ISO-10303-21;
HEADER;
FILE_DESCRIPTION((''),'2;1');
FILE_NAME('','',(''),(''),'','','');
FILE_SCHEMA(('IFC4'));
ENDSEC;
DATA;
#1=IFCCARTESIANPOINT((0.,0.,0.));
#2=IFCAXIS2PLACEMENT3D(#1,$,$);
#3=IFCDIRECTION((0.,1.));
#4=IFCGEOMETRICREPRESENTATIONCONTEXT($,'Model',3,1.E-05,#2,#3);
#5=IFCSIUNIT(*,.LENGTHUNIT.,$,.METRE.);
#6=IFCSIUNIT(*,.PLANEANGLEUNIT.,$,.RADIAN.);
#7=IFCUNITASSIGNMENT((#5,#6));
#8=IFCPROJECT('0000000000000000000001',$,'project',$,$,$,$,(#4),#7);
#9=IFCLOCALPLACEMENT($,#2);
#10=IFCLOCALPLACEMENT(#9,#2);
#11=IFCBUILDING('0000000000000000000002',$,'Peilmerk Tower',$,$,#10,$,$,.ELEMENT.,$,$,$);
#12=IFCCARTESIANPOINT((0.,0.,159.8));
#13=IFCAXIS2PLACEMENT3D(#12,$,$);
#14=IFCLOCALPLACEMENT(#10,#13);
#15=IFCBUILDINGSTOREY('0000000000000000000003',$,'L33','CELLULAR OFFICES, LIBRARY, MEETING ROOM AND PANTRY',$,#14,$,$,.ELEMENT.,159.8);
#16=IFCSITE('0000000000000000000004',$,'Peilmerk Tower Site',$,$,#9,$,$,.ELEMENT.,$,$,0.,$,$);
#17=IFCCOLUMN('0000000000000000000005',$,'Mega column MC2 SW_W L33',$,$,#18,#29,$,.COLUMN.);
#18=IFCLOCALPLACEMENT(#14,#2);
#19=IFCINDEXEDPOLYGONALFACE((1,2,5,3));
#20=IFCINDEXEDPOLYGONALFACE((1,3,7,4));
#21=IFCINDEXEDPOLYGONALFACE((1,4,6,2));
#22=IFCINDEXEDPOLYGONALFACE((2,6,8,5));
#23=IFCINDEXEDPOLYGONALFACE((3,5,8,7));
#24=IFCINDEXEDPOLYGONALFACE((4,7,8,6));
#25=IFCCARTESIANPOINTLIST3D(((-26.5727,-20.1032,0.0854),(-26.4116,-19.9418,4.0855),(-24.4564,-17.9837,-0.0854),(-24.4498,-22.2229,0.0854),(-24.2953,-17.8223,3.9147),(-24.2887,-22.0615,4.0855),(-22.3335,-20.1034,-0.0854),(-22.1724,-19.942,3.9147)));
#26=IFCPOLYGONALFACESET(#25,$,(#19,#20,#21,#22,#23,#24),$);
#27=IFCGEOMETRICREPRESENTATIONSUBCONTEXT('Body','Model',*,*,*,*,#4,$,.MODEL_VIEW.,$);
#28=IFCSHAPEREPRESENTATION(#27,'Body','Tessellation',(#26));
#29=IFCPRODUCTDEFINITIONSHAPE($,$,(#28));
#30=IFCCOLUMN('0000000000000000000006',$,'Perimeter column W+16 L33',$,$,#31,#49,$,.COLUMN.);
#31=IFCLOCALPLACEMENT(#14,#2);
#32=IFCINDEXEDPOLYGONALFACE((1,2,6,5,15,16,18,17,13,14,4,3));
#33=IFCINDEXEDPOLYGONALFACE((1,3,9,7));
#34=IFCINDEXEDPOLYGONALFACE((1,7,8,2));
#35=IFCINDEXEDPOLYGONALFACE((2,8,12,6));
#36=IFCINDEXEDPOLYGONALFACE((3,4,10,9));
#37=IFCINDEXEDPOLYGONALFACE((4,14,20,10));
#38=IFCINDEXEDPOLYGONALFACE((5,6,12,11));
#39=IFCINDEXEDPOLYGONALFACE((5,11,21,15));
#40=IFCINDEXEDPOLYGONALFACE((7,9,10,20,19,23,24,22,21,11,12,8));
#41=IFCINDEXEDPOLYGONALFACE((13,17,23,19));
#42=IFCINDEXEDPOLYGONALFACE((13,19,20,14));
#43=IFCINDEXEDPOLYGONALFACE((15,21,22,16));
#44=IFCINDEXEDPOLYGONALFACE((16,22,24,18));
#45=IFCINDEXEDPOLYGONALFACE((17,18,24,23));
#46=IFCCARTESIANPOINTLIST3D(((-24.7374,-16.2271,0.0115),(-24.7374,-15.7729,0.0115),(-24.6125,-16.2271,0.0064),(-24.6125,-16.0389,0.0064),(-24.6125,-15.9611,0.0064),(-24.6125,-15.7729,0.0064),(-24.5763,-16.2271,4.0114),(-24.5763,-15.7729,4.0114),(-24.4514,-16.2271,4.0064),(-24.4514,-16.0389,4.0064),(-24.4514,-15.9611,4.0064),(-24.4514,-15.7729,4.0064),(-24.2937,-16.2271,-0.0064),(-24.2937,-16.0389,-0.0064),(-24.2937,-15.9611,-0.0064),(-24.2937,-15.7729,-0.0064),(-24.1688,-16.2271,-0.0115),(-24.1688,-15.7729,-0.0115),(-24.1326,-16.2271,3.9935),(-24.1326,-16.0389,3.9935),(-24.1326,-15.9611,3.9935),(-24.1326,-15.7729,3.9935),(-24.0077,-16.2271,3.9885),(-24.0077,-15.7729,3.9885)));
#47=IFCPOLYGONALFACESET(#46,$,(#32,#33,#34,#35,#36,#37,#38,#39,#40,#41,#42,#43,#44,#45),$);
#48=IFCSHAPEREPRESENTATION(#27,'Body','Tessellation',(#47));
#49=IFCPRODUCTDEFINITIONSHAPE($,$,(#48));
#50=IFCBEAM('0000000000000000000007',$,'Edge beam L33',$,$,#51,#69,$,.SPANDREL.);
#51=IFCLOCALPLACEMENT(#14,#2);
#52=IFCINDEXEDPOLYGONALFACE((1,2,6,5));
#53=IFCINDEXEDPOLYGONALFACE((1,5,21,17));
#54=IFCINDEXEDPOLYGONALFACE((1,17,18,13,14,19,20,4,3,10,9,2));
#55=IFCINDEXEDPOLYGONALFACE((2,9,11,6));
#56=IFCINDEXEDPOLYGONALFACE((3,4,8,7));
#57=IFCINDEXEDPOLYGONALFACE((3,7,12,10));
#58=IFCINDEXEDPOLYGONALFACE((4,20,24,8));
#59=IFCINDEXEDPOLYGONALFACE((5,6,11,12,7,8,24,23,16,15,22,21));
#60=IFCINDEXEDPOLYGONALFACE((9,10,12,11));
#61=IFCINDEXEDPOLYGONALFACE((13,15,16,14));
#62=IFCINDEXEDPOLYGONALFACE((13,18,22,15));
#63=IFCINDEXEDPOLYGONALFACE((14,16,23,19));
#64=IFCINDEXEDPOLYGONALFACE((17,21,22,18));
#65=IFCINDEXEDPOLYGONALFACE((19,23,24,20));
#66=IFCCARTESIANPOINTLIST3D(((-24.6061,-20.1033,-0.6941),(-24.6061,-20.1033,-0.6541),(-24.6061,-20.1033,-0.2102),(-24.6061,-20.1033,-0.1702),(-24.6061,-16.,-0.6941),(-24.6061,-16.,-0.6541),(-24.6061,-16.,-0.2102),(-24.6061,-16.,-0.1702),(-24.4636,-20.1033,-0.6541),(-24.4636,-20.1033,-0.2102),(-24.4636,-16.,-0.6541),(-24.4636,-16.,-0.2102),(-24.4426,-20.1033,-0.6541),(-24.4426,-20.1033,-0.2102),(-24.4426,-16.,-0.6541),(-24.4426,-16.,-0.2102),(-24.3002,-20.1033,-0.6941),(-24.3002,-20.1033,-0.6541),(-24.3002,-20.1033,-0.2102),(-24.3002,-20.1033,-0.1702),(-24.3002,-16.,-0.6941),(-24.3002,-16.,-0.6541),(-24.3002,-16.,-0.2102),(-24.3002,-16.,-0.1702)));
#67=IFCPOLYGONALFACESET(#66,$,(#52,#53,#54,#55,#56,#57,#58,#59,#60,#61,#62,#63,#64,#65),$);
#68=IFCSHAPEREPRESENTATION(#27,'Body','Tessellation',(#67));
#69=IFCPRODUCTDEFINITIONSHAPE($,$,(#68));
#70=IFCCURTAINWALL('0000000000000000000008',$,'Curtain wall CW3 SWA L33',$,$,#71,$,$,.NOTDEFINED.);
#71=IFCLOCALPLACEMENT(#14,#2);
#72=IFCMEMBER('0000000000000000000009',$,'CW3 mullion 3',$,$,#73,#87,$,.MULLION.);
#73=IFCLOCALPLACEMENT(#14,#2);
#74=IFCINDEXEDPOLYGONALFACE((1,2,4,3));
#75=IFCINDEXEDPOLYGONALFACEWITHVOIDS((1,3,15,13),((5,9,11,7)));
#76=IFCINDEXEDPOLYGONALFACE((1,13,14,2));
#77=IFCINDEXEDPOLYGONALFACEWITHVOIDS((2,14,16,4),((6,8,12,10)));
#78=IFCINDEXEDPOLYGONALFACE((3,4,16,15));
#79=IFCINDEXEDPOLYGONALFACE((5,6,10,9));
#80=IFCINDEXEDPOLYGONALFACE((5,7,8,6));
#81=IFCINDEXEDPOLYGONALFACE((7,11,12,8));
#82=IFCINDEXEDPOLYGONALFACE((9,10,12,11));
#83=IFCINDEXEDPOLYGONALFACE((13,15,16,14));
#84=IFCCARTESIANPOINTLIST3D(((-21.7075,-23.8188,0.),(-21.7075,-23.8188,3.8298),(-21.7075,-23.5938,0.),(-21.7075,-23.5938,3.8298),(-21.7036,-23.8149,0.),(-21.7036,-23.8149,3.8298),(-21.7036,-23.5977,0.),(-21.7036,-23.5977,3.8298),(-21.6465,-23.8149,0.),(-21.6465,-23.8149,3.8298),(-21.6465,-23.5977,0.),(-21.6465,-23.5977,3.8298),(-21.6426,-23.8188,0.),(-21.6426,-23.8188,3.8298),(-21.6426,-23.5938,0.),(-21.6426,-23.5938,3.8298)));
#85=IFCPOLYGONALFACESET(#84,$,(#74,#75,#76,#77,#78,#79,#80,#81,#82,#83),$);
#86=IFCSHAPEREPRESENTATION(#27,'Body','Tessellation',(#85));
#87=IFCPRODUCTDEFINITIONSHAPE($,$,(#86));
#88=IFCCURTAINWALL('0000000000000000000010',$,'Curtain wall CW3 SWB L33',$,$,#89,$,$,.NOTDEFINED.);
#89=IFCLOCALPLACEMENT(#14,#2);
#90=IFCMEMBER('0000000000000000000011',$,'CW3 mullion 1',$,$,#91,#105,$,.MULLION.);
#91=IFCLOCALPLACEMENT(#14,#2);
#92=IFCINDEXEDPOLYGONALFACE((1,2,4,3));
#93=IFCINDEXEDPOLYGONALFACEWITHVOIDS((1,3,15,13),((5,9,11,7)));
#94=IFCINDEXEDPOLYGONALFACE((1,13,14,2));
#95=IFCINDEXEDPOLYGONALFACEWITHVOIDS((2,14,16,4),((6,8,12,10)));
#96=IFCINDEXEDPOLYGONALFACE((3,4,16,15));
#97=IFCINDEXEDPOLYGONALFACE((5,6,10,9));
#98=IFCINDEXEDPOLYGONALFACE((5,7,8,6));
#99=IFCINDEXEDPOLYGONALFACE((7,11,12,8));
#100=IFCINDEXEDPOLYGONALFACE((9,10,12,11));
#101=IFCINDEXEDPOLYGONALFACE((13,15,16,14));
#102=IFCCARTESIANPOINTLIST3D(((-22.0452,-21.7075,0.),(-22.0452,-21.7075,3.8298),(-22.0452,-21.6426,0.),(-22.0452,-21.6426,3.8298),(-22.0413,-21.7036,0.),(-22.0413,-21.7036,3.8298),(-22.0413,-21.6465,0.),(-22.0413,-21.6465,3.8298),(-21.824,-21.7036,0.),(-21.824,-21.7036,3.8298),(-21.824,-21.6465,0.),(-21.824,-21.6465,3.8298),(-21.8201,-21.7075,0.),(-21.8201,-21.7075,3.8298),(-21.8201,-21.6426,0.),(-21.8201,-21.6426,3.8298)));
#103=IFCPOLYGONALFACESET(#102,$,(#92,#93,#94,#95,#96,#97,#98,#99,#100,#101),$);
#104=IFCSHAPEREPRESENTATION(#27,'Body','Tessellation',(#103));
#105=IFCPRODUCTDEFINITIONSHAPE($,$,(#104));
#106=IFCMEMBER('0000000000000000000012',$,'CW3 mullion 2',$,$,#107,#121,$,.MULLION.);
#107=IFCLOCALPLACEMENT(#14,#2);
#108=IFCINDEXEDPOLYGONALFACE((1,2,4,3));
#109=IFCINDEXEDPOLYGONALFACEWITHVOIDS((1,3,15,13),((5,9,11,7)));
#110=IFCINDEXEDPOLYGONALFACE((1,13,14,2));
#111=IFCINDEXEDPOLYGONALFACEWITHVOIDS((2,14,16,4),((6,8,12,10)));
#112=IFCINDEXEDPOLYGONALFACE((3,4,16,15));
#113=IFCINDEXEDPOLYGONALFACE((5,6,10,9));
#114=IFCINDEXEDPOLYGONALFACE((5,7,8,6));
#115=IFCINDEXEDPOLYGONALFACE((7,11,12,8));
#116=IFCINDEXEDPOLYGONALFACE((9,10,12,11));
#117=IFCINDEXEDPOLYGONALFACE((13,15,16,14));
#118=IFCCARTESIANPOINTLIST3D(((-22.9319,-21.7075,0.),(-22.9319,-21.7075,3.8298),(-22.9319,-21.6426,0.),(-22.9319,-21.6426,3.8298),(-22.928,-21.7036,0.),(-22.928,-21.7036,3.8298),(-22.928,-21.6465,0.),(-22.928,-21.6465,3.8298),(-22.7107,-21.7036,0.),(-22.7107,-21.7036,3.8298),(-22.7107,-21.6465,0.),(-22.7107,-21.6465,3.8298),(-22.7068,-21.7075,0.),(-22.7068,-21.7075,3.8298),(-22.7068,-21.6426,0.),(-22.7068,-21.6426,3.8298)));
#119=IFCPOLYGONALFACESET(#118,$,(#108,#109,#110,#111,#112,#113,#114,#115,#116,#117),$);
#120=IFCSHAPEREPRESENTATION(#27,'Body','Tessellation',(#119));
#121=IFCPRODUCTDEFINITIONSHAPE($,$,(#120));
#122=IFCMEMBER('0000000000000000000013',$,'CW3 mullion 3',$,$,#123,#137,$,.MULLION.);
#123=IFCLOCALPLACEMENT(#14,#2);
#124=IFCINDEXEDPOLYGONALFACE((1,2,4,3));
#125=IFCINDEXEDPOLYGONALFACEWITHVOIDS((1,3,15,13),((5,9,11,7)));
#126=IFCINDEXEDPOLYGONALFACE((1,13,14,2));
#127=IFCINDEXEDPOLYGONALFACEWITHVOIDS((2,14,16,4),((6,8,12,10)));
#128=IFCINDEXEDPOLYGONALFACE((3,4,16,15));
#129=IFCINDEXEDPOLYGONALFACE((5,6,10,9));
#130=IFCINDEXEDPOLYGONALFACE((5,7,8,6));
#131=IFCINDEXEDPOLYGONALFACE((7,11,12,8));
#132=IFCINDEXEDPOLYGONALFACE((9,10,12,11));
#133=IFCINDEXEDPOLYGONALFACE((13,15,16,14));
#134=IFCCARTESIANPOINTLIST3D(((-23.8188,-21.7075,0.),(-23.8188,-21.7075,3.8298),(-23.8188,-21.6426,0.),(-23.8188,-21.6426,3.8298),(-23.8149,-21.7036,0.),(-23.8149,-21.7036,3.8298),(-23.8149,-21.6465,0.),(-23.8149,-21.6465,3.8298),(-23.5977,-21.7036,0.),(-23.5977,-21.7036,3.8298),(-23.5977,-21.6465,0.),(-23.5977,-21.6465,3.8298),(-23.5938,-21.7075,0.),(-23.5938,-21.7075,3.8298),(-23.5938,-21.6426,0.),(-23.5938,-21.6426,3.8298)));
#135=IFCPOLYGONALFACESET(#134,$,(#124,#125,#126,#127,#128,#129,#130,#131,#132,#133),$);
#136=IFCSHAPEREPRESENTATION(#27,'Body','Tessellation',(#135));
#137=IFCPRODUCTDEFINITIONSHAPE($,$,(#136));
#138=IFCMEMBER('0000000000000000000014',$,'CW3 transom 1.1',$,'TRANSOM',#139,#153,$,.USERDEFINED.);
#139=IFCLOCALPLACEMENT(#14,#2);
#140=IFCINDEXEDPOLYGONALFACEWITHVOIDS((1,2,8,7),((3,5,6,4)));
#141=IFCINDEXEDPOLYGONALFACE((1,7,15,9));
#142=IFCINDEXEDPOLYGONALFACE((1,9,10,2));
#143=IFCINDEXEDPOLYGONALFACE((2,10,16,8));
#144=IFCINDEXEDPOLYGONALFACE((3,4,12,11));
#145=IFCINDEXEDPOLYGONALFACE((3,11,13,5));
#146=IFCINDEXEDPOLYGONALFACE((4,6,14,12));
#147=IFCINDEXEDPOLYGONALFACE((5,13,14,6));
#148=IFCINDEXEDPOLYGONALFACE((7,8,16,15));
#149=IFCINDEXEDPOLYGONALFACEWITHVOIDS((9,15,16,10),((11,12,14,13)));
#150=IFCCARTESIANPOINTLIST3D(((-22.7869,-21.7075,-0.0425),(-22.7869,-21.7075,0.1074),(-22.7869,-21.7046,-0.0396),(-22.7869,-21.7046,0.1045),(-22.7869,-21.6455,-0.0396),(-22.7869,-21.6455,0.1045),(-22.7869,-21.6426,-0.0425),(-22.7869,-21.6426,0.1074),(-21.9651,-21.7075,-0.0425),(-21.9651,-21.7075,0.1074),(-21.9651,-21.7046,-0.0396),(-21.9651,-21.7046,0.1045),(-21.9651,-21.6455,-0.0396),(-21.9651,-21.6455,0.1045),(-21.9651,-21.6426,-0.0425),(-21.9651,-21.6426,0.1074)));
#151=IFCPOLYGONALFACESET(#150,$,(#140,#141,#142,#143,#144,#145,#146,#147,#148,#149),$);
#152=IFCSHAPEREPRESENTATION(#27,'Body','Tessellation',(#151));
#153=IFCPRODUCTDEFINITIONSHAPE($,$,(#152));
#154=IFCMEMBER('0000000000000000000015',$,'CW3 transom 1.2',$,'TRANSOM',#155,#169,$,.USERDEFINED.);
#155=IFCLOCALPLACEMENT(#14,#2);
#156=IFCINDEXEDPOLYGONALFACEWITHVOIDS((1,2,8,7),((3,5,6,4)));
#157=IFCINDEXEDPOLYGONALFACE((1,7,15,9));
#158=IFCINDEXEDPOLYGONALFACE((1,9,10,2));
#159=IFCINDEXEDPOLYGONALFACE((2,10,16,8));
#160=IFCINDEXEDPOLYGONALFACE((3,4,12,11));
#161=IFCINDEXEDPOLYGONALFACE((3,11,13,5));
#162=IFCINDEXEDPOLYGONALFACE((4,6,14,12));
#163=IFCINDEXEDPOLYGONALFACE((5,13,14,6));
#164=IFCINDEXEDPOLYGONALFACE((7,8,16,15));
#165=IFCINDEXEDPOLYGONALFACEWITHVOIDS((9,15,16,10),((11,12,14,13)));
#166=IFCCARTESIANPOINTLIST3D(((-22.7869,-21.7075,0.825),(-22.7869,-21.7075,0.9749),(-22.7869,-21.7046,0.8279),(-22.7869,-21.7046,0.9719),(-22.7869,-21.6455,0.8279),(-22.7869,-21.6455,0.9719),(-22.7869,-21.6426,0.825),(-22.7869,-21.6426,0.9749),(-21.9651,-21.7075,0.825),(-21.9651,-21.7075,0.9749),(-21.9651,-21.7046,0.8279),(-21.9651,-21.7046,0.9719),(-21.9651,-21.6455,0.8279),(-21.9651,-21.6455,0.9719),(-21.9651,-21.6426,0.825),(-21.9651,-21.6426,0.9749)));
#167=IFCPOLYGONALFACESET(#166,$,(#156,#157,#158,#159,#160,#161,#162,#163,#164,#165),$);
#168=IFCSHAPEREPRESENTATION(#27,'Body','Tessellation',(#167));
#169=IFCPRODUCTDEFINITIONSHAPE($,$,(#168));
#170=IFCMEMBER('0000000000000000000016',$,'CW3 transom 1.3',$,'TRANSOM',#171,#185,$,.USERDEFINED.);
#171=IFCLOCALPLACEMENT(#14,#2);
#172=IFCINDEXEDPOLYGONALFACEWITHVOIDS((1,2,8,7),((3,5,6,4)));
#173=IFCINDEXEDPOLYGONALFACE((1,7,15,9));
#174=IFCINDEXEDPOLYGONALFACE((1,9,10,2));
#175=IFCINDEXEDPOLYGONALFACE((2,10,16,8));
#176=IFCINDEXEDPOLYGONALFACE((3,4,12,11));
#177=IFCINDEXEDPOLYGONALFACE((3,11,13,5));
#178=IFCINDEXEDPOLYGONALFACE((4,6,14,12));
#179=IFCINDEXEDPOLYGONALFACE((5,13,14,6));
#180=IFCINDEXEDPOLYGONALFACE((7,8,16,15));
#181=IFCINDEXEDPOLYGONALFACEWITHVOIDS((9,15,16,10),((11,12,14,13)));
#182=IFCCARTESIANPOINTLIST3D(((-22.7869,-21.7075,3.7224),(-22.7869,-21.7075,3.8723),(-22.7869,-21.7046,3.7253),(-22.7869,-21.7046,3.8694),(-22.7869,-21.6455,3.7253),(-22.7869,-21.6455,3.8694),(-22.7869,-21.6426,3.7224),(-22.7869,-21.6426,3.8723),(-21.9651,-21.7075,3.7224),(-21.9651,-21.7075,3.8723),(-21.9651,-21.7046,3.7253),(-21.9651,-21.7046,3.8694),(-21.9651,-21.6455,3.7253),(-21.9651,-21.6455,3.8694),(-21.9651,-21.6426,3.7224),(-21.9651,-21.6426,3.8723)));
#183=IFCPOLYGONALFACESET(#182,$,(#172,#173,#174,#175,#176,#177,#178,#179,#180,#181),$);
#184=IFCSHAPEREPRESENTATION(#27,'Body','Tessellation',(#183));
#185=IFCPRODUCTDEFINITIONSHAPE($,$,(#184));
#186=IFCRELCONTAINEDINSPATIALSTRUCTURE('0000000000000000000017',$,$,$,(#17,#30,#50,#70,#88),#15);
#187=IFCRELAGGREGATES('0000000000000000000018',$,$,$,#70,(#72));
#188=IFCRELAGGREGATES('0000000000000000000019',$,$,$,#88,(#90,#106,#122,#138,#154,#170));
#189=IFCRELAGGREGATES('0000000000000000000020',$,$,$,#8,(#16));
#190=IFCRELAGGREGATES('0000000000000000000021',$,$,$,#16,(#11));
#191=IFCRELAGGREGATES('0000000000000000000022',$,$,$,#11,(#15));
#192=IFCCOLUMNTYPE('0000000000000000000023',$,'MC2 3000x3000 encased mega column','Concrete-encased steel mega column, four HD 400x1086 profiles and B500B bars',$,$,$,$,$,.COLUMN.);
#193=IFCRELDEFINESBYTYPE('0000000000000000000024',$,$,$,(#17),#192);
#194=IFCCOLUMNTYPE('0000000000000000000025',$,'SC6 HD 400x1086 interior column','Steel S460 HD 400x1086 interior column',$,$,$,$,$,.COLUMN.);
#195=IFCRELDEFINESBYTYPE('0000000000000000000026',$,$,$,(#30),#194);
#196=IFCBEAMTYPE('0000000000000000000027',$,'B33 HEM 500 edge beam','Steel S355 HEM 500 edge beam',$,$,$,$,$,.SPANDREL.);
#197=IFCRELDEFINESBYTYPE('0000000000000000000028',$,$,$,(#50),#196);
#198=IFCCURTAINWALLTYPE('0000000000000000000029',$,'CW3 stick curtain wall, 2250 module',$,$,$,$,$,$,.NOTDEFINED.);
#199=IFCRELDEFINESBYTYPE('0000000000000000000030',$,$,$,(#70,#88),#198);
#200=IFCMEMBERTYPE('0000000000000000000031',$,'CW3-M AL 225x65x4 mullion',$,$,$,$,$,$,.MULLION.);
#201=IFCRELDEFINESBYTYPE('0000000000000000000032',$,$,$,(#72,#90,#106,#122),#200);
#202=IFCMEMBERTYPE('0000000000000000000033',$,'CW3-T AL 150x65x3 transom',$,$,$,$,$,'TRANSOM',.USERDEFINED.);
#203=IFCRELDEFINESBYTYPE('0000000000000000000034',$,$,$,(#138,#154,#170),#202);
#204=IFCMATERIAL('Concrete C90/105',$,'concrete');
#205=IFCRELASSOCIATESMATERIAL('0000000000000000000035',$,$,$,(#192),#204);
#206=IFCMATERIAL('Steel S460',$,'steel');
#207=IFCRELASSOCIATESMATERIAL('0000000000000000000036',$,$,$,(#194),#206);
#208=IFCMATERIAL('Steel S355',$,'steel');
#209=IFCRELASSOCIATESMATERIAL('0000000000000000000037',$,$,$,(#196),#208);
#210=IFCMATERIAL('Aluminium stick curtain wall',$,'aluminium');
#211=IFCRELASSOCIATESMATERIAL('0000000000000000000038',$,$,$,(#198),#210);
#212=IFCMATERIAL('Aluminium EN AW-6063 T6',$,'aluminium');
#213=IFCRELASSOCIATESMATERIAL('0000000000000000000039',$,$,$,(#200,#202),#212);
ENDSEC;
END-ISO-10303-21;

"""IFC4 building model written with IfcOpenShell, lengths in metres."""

from ifc_helpers import new_model, si_unit, direction, frame, origin, origin_2d, place, context, subcontext, project, spatial, rectangle, hollow_rectangle, i_section, extrude, material, material_profile, profile_set, type_object, element, aggregate, save


model = new_model("IFC4")

# Units and contexts
model_context = context("Model", 3, precision=1e-05, world=origin(), true_north=direction((0.0, 1.0)))
body_context = subcontext(model_context, "Body", "Model", "MODEL_VIEW")
ifc_project = project(units=[si_unit("LENGTHUNIT", "METRE"), si_unit("PLANEANGLEUNIT", "RADIAN")], contexts=[model_context])

# Site, building, storey
site_placement = place(None, origin())
site = spatial("IfcSite", under=ifc_project, at=site_placement, Name="Peilmerk Tower Site", CompositionType="ELEMENT", RefElevation=0.0)
building_placement = place(site_placement, origin())
building = spatial("IfcBuilding", under=site, at=building_placement, Name="Peilmerk Tower", CompositionType="ELEMENT")
storey_placement = place(building_placement, frame((0.0, 0.0, 159.8)))
storey = spatial("IfcBuildingStorey", under=building, at=storey_placement, Name="L33", Description="CELLULAR OFFICES, LIBRARY, MEETING ROOM AND PANTRY", CompositionType="ELEMENT", Elevation=159.8)

# Columns
ifc_material_1 = material(Name="Concrete C90/105", Category="concrete")
ifc_material_profile_1 = material_profile(ifc_material_1, rectangle(XDim=3.0, YDim=3.0, at=origin_2d()), Name="RC 3000x3000")
ifc_profile_set_1 = profile_set([ifc_material_profile_1], Name="Concrete C90/105")
column_type_1 = type_object("IfcColumnType", Name="MC2 3000x3000 encased mega column", Description="Concrete-encased steel mega column, four HD 400x1086 profiles and B500B bars", PredefinedType="COLUMN", material=ifc_profile_set_1)
column_1_placement = place(storey_placement, frame((-24.4531, -20.1033, 0.0), z_axis=(0.040218, 0.040279, 0.998379), x_axis=(-0.707642, 0.706571, 0.0)))
element("IfcColumn", 1, at=column_1_placement, inside=storey, type_object=column_type_1, Name="Mega column MC2 SW_W L33", PredefinedType="COLUMN", context=body_context, shape_type="SweptSolid", body=[
    extrude(rectangle(XDim=3.0, YDim=3.0, at=origin_2d()), origin(), (0.0, 0.0, 1.0), 4.0066),
])
ifc_material_2 = material(Name="Steel S460", Category="steel")
ifc_material_profile_2 = material_profile(ifc_material_2, i_section(OverallWidth=0.4541, OverallDepth=0.5691, WebThickness=0.0779, FlangeThickness=0.125, at=origin_2d()), Name="HD 400x1086")
ifc_profile_set_2 = profile_set([ifc_material_profile_2], Name="Steel S460")
column_type_2 = type_object("IfcColumnType", Name="SC6 HD 400x1086 interior column", Description="Steel S460 HD 400x1086 interior column", PredefinedType="COLUMN", material=ifc_profile_set_2)
column_2_placement = place(storey_placement, frame((-24.4531, -16.0, 0.0), z_axis=(0.040251, 0.0, 0.99919), x_axis=(0.0, 1.0, 0.0)))
element("IfcColumn", 2, at=column_2_placement, inside=storey, type_object=column_type_2, Name="Perimeter column W+16 L33", PredefinedType="COLUMN", context=body_context, shape_type="SweptSolid", body=[
    extrude(i_section(OverallWidth=0.4541, OverallDepth=0.5691, WebThickness=0.0779, FlangeThickness=0.125, at=origin_2d()), origin(), (0.0, 0.0, 1.0), 4.0032),
])

# Beam
ifc_material_3 = material(Name="Steel S355", Category="steel")
ifc_material_profile_3 = material_profile(ifc_material_3, i_section(OverallWidth=0.3059, OverallDepth=0.5239, WebThickness=0.021, FlangeThickness=0.04, at=origin_2d()), Name="HEM 500")
ifc_profile_set_3 = profile_set([ifc_material_profile_3], Name="Steel S355")
beam_type = type_object("IfcBeamType", Name="B33 HEM 500 edge beam", Description="Steel S355 HEM 500 edge beam", PredefinedType="SPANDREL", material=ifc_profile_set_3)
beam_placement = place(storey_placement, frame((-24.4531, -16.0, -0.4321), z_axis=(0.0, -1.0, 0.0), x_axis=(1.0, 0.0, 0.0)))
element("IfcBeam", 3, at=beam_placement, inside=storey, type_object=beam_type, Name="Edge beam L33", PredefinedType="SPANDREL", context=body_context, shape_type="SweptSolid", body=[
    extrude(i_section(OverallWidth=0.3059, OverallDepth=0.5239, WebThickness=0.021, FlangeThickness=0.04, at=origin_2d()), origin(), (0.0, 0.0, 1.0), 4.1033),
])

# Curtain wall, member
ifc_material_4 = material(Name="Aluminium stick curtain wall", Category="aluminium")
curtain_wall_type = type_object("IfcCurtainWallType", Name="CW3 stick curtain wall, 2250 module", PredefinedType="NOTDEFINED", material=ifc_material_4)
curtain_wall_1_placement = place(storey_placement, origin())
curtain_wall_1 = element("IfcCurtainWall", 4, at=curtain_wall_1_placement, inside=storey, type_object=curtain_wall_type, Name="Curtain wall CW3 SWA L33", PredefinedType="NOTDEFINED")
ifc_material_5 = material(Name="Aluminium EN AW-6063 T6", Category="aluminium")
ifc_material_profile_4 = material_profile(ifc_material_5, hollow_rectangle(XDim=0.0649, YDim=0.2251, WallThickness=0.0039, at=origin_2d()), Name="AL 225x65x4")
ifc_profile_set_4 = profile_set([ifc_material_profile_4], Name="Aluminium EN AW-6063 T6")
member_type_1 = type_object("IfcMemberType", Name="CW3-M AL 225x65x4 mullion", PredefinedType="MULLION", material=ifc_profile_set_4)
member_1_placement = place(storey_placement, frame((-21.675, -23.7063, 0.0), z_axis=(0.0, 0.0, 1.0), x_axis=(1.0, 0.0, 0.0)))
member_1 = element("IfcMember", 5, at=member_1_placement, type_object=member_type_1, Name="CW3 mullion 3", PredefinedType="MULLION", context=body_context, shape_type="SweptSolid", body=[
    extrude(hollow_rectangle(XDim=0.0649, YDim=0.2251, WallThickness=0.0039, at=origin_2d()), origin(), (0.0, 0.0, 1.0), 3.8298),
])

# Curtain wall, members
curtain_wall_2_placement = place(storey_placement, origin())
curtain_wall_2 = element("IfcCurtainWall", 6, at=curtain_wall_2_placement, inside=storey, type_object=curtain_wall_type, Name="Curtain wall CW3 SWB L33", PredefinedType="NOTDEFINED")
member_2_placement = place(storey_placement, frame((-21.9326, -21.675, 0.0), z_axis=(0.0, 0.0, 1.0), x_axis=(0.0, -1.0, 0.0)))
member_2 = element("IfcMember", 7, at=member_2_placement, type_object=member_type_1, Name="CW3 mullion 1", PredefinedType="MULLION", context=body_context, shape_type="SweptSolid", body=[
    extrude(hollow_rectangle(XDim=0.0649, YDim=0.2251, WallThickness=0.0039, at=origin_2d()), origin(), (0.0, 0.0, 1.0), 3.8298),
])
member_3_placement = place(storey_placement, frame((-22.8193, -21.675, 0.0), z_axis=(0.0, 0.0, 1.0), x_axis=(0.0, -1.0, 0.0)))
member_3 = element("IfcMember", 8, at=member_3_placement, type_object=member_type_1, Name="CW3 mullion 2", PredefinedType="MULLION", context=body_context, shape_type="SweptSolid", body=[
    extrude(hollow_rectangle(XDim=0.0649, YDim=0.2251, WallThickness=0.0039, at=origin_2d()), origin(), (0.0, 0.0, 1.0), 3.8298),
])
member_4_placement = place(storey_placement, frame((-23.7063, -21.675, 0.0), z_axis=(0.0, 0.0, 1.0), x_axis=(0.0, -1.0, 0.0)))
member_4 = element("IfcMember", 9, at=member_4_placement, type_object=member_type_1, Name="CW3 mullion 3", PredefinedType="MULLION", context=body_context, shape_type="SweptSolid", body=[
    extrude(hollow_rectangle(XDim=0.0649, YDim=0.2251, WallThickness=0.0039, at=origin_2d()), origin(), (0.0, 0.0, 1.0), 3.8298),
])
ifc_material_profile_5 = material_profile(ifc_material_5, hollow_rectangle(XDim=0.0649, YDim=0.1499, WallThickness=0.0029, at=origin_2d()), Name="AL 150x65x3")
ifc_profile_set_5 = profile_set([ifc_material_profile_5], Name="Aluminium EN AW-6063 T6")
member_type_2 = type_object("IfcMemberType", Name="CW3-T AL 150x65x3 transom", ElementType="TRANSOM", PredefinedType="USERDEFINED", material=ifc_profile_set_5)
member_5_placement = place(storey_placement, frame((-21.9651, -21.675, 0.0325), z_axis=(-1.0, 0.0, 0.0), x_axis=(0.0, -1.0, 0.0)))
member_5 = element("IfcMember", 10, at=member_5_placement, type_object=member_type_2, Name="CW3 transom 1.1", ObjectType="TRANSOM", PredefinedType="USERDEFINED", context=body_context, shape_type="SweptSolid", body=[
    extrude(hollow_rectangle(XDim=0.0649, YDim=0.1499, WallThickness=0.0029, at=origin_2d()), origin(), (0.0, 0.0, 1.0), 0.8218),
])
member_6_placement = place(storey_placement, frame((-21.9651, -21.675, 0.8999), z_axis=(-1.0, 0.0, 0.0), x_axis=(0.0, -1.0, 0.0)))
member_6 = element("IfcMember", 11, at=member_6_placement, type_object=member_type_2, Name="CW3 transom 1.2", ObjectType="TRANSOM", PredefinedType="USERDEFINED", context=body_context, shape_type="SweptSolid", body=[
    extrude(hollow_rectangle(XDim=0.0649, YDim=0.1499, WallThickness=0.0029, at=origin_2d()), origin(), (0.0, 0.0, 1.0), 0.8218),
])
member_7_placement = place(storey_placement, frame((-21.9651, -21.675, 3.7974), z_axis=(-1.0, 0.0, 0.0), x_axis=(0.0, -1.0, 0.0)))
member_7 = element("IfcMember", 12, at=member_7_placement, type_object=member_type_2, Name="CW3 transom 1.3", ObjectType="TRANSOM", PredefinedType="USERDEFINED", context=body_context, shape_type="SweptSolid", body=[
    extrude(hollow_rectangle(XDim=0.0649, YDim=0.1499, WallThickness=0.0029, at=origin_2d()), origin(), (0.0, 0.0, 1.0), 0.8218),
])

aggregate(curtain_wall_1, [member_1])
aggregate(curtain_wall_2, [member_2, member_3, member_4, member_5, member_6, member_7])

save(model, "model.ifc")
